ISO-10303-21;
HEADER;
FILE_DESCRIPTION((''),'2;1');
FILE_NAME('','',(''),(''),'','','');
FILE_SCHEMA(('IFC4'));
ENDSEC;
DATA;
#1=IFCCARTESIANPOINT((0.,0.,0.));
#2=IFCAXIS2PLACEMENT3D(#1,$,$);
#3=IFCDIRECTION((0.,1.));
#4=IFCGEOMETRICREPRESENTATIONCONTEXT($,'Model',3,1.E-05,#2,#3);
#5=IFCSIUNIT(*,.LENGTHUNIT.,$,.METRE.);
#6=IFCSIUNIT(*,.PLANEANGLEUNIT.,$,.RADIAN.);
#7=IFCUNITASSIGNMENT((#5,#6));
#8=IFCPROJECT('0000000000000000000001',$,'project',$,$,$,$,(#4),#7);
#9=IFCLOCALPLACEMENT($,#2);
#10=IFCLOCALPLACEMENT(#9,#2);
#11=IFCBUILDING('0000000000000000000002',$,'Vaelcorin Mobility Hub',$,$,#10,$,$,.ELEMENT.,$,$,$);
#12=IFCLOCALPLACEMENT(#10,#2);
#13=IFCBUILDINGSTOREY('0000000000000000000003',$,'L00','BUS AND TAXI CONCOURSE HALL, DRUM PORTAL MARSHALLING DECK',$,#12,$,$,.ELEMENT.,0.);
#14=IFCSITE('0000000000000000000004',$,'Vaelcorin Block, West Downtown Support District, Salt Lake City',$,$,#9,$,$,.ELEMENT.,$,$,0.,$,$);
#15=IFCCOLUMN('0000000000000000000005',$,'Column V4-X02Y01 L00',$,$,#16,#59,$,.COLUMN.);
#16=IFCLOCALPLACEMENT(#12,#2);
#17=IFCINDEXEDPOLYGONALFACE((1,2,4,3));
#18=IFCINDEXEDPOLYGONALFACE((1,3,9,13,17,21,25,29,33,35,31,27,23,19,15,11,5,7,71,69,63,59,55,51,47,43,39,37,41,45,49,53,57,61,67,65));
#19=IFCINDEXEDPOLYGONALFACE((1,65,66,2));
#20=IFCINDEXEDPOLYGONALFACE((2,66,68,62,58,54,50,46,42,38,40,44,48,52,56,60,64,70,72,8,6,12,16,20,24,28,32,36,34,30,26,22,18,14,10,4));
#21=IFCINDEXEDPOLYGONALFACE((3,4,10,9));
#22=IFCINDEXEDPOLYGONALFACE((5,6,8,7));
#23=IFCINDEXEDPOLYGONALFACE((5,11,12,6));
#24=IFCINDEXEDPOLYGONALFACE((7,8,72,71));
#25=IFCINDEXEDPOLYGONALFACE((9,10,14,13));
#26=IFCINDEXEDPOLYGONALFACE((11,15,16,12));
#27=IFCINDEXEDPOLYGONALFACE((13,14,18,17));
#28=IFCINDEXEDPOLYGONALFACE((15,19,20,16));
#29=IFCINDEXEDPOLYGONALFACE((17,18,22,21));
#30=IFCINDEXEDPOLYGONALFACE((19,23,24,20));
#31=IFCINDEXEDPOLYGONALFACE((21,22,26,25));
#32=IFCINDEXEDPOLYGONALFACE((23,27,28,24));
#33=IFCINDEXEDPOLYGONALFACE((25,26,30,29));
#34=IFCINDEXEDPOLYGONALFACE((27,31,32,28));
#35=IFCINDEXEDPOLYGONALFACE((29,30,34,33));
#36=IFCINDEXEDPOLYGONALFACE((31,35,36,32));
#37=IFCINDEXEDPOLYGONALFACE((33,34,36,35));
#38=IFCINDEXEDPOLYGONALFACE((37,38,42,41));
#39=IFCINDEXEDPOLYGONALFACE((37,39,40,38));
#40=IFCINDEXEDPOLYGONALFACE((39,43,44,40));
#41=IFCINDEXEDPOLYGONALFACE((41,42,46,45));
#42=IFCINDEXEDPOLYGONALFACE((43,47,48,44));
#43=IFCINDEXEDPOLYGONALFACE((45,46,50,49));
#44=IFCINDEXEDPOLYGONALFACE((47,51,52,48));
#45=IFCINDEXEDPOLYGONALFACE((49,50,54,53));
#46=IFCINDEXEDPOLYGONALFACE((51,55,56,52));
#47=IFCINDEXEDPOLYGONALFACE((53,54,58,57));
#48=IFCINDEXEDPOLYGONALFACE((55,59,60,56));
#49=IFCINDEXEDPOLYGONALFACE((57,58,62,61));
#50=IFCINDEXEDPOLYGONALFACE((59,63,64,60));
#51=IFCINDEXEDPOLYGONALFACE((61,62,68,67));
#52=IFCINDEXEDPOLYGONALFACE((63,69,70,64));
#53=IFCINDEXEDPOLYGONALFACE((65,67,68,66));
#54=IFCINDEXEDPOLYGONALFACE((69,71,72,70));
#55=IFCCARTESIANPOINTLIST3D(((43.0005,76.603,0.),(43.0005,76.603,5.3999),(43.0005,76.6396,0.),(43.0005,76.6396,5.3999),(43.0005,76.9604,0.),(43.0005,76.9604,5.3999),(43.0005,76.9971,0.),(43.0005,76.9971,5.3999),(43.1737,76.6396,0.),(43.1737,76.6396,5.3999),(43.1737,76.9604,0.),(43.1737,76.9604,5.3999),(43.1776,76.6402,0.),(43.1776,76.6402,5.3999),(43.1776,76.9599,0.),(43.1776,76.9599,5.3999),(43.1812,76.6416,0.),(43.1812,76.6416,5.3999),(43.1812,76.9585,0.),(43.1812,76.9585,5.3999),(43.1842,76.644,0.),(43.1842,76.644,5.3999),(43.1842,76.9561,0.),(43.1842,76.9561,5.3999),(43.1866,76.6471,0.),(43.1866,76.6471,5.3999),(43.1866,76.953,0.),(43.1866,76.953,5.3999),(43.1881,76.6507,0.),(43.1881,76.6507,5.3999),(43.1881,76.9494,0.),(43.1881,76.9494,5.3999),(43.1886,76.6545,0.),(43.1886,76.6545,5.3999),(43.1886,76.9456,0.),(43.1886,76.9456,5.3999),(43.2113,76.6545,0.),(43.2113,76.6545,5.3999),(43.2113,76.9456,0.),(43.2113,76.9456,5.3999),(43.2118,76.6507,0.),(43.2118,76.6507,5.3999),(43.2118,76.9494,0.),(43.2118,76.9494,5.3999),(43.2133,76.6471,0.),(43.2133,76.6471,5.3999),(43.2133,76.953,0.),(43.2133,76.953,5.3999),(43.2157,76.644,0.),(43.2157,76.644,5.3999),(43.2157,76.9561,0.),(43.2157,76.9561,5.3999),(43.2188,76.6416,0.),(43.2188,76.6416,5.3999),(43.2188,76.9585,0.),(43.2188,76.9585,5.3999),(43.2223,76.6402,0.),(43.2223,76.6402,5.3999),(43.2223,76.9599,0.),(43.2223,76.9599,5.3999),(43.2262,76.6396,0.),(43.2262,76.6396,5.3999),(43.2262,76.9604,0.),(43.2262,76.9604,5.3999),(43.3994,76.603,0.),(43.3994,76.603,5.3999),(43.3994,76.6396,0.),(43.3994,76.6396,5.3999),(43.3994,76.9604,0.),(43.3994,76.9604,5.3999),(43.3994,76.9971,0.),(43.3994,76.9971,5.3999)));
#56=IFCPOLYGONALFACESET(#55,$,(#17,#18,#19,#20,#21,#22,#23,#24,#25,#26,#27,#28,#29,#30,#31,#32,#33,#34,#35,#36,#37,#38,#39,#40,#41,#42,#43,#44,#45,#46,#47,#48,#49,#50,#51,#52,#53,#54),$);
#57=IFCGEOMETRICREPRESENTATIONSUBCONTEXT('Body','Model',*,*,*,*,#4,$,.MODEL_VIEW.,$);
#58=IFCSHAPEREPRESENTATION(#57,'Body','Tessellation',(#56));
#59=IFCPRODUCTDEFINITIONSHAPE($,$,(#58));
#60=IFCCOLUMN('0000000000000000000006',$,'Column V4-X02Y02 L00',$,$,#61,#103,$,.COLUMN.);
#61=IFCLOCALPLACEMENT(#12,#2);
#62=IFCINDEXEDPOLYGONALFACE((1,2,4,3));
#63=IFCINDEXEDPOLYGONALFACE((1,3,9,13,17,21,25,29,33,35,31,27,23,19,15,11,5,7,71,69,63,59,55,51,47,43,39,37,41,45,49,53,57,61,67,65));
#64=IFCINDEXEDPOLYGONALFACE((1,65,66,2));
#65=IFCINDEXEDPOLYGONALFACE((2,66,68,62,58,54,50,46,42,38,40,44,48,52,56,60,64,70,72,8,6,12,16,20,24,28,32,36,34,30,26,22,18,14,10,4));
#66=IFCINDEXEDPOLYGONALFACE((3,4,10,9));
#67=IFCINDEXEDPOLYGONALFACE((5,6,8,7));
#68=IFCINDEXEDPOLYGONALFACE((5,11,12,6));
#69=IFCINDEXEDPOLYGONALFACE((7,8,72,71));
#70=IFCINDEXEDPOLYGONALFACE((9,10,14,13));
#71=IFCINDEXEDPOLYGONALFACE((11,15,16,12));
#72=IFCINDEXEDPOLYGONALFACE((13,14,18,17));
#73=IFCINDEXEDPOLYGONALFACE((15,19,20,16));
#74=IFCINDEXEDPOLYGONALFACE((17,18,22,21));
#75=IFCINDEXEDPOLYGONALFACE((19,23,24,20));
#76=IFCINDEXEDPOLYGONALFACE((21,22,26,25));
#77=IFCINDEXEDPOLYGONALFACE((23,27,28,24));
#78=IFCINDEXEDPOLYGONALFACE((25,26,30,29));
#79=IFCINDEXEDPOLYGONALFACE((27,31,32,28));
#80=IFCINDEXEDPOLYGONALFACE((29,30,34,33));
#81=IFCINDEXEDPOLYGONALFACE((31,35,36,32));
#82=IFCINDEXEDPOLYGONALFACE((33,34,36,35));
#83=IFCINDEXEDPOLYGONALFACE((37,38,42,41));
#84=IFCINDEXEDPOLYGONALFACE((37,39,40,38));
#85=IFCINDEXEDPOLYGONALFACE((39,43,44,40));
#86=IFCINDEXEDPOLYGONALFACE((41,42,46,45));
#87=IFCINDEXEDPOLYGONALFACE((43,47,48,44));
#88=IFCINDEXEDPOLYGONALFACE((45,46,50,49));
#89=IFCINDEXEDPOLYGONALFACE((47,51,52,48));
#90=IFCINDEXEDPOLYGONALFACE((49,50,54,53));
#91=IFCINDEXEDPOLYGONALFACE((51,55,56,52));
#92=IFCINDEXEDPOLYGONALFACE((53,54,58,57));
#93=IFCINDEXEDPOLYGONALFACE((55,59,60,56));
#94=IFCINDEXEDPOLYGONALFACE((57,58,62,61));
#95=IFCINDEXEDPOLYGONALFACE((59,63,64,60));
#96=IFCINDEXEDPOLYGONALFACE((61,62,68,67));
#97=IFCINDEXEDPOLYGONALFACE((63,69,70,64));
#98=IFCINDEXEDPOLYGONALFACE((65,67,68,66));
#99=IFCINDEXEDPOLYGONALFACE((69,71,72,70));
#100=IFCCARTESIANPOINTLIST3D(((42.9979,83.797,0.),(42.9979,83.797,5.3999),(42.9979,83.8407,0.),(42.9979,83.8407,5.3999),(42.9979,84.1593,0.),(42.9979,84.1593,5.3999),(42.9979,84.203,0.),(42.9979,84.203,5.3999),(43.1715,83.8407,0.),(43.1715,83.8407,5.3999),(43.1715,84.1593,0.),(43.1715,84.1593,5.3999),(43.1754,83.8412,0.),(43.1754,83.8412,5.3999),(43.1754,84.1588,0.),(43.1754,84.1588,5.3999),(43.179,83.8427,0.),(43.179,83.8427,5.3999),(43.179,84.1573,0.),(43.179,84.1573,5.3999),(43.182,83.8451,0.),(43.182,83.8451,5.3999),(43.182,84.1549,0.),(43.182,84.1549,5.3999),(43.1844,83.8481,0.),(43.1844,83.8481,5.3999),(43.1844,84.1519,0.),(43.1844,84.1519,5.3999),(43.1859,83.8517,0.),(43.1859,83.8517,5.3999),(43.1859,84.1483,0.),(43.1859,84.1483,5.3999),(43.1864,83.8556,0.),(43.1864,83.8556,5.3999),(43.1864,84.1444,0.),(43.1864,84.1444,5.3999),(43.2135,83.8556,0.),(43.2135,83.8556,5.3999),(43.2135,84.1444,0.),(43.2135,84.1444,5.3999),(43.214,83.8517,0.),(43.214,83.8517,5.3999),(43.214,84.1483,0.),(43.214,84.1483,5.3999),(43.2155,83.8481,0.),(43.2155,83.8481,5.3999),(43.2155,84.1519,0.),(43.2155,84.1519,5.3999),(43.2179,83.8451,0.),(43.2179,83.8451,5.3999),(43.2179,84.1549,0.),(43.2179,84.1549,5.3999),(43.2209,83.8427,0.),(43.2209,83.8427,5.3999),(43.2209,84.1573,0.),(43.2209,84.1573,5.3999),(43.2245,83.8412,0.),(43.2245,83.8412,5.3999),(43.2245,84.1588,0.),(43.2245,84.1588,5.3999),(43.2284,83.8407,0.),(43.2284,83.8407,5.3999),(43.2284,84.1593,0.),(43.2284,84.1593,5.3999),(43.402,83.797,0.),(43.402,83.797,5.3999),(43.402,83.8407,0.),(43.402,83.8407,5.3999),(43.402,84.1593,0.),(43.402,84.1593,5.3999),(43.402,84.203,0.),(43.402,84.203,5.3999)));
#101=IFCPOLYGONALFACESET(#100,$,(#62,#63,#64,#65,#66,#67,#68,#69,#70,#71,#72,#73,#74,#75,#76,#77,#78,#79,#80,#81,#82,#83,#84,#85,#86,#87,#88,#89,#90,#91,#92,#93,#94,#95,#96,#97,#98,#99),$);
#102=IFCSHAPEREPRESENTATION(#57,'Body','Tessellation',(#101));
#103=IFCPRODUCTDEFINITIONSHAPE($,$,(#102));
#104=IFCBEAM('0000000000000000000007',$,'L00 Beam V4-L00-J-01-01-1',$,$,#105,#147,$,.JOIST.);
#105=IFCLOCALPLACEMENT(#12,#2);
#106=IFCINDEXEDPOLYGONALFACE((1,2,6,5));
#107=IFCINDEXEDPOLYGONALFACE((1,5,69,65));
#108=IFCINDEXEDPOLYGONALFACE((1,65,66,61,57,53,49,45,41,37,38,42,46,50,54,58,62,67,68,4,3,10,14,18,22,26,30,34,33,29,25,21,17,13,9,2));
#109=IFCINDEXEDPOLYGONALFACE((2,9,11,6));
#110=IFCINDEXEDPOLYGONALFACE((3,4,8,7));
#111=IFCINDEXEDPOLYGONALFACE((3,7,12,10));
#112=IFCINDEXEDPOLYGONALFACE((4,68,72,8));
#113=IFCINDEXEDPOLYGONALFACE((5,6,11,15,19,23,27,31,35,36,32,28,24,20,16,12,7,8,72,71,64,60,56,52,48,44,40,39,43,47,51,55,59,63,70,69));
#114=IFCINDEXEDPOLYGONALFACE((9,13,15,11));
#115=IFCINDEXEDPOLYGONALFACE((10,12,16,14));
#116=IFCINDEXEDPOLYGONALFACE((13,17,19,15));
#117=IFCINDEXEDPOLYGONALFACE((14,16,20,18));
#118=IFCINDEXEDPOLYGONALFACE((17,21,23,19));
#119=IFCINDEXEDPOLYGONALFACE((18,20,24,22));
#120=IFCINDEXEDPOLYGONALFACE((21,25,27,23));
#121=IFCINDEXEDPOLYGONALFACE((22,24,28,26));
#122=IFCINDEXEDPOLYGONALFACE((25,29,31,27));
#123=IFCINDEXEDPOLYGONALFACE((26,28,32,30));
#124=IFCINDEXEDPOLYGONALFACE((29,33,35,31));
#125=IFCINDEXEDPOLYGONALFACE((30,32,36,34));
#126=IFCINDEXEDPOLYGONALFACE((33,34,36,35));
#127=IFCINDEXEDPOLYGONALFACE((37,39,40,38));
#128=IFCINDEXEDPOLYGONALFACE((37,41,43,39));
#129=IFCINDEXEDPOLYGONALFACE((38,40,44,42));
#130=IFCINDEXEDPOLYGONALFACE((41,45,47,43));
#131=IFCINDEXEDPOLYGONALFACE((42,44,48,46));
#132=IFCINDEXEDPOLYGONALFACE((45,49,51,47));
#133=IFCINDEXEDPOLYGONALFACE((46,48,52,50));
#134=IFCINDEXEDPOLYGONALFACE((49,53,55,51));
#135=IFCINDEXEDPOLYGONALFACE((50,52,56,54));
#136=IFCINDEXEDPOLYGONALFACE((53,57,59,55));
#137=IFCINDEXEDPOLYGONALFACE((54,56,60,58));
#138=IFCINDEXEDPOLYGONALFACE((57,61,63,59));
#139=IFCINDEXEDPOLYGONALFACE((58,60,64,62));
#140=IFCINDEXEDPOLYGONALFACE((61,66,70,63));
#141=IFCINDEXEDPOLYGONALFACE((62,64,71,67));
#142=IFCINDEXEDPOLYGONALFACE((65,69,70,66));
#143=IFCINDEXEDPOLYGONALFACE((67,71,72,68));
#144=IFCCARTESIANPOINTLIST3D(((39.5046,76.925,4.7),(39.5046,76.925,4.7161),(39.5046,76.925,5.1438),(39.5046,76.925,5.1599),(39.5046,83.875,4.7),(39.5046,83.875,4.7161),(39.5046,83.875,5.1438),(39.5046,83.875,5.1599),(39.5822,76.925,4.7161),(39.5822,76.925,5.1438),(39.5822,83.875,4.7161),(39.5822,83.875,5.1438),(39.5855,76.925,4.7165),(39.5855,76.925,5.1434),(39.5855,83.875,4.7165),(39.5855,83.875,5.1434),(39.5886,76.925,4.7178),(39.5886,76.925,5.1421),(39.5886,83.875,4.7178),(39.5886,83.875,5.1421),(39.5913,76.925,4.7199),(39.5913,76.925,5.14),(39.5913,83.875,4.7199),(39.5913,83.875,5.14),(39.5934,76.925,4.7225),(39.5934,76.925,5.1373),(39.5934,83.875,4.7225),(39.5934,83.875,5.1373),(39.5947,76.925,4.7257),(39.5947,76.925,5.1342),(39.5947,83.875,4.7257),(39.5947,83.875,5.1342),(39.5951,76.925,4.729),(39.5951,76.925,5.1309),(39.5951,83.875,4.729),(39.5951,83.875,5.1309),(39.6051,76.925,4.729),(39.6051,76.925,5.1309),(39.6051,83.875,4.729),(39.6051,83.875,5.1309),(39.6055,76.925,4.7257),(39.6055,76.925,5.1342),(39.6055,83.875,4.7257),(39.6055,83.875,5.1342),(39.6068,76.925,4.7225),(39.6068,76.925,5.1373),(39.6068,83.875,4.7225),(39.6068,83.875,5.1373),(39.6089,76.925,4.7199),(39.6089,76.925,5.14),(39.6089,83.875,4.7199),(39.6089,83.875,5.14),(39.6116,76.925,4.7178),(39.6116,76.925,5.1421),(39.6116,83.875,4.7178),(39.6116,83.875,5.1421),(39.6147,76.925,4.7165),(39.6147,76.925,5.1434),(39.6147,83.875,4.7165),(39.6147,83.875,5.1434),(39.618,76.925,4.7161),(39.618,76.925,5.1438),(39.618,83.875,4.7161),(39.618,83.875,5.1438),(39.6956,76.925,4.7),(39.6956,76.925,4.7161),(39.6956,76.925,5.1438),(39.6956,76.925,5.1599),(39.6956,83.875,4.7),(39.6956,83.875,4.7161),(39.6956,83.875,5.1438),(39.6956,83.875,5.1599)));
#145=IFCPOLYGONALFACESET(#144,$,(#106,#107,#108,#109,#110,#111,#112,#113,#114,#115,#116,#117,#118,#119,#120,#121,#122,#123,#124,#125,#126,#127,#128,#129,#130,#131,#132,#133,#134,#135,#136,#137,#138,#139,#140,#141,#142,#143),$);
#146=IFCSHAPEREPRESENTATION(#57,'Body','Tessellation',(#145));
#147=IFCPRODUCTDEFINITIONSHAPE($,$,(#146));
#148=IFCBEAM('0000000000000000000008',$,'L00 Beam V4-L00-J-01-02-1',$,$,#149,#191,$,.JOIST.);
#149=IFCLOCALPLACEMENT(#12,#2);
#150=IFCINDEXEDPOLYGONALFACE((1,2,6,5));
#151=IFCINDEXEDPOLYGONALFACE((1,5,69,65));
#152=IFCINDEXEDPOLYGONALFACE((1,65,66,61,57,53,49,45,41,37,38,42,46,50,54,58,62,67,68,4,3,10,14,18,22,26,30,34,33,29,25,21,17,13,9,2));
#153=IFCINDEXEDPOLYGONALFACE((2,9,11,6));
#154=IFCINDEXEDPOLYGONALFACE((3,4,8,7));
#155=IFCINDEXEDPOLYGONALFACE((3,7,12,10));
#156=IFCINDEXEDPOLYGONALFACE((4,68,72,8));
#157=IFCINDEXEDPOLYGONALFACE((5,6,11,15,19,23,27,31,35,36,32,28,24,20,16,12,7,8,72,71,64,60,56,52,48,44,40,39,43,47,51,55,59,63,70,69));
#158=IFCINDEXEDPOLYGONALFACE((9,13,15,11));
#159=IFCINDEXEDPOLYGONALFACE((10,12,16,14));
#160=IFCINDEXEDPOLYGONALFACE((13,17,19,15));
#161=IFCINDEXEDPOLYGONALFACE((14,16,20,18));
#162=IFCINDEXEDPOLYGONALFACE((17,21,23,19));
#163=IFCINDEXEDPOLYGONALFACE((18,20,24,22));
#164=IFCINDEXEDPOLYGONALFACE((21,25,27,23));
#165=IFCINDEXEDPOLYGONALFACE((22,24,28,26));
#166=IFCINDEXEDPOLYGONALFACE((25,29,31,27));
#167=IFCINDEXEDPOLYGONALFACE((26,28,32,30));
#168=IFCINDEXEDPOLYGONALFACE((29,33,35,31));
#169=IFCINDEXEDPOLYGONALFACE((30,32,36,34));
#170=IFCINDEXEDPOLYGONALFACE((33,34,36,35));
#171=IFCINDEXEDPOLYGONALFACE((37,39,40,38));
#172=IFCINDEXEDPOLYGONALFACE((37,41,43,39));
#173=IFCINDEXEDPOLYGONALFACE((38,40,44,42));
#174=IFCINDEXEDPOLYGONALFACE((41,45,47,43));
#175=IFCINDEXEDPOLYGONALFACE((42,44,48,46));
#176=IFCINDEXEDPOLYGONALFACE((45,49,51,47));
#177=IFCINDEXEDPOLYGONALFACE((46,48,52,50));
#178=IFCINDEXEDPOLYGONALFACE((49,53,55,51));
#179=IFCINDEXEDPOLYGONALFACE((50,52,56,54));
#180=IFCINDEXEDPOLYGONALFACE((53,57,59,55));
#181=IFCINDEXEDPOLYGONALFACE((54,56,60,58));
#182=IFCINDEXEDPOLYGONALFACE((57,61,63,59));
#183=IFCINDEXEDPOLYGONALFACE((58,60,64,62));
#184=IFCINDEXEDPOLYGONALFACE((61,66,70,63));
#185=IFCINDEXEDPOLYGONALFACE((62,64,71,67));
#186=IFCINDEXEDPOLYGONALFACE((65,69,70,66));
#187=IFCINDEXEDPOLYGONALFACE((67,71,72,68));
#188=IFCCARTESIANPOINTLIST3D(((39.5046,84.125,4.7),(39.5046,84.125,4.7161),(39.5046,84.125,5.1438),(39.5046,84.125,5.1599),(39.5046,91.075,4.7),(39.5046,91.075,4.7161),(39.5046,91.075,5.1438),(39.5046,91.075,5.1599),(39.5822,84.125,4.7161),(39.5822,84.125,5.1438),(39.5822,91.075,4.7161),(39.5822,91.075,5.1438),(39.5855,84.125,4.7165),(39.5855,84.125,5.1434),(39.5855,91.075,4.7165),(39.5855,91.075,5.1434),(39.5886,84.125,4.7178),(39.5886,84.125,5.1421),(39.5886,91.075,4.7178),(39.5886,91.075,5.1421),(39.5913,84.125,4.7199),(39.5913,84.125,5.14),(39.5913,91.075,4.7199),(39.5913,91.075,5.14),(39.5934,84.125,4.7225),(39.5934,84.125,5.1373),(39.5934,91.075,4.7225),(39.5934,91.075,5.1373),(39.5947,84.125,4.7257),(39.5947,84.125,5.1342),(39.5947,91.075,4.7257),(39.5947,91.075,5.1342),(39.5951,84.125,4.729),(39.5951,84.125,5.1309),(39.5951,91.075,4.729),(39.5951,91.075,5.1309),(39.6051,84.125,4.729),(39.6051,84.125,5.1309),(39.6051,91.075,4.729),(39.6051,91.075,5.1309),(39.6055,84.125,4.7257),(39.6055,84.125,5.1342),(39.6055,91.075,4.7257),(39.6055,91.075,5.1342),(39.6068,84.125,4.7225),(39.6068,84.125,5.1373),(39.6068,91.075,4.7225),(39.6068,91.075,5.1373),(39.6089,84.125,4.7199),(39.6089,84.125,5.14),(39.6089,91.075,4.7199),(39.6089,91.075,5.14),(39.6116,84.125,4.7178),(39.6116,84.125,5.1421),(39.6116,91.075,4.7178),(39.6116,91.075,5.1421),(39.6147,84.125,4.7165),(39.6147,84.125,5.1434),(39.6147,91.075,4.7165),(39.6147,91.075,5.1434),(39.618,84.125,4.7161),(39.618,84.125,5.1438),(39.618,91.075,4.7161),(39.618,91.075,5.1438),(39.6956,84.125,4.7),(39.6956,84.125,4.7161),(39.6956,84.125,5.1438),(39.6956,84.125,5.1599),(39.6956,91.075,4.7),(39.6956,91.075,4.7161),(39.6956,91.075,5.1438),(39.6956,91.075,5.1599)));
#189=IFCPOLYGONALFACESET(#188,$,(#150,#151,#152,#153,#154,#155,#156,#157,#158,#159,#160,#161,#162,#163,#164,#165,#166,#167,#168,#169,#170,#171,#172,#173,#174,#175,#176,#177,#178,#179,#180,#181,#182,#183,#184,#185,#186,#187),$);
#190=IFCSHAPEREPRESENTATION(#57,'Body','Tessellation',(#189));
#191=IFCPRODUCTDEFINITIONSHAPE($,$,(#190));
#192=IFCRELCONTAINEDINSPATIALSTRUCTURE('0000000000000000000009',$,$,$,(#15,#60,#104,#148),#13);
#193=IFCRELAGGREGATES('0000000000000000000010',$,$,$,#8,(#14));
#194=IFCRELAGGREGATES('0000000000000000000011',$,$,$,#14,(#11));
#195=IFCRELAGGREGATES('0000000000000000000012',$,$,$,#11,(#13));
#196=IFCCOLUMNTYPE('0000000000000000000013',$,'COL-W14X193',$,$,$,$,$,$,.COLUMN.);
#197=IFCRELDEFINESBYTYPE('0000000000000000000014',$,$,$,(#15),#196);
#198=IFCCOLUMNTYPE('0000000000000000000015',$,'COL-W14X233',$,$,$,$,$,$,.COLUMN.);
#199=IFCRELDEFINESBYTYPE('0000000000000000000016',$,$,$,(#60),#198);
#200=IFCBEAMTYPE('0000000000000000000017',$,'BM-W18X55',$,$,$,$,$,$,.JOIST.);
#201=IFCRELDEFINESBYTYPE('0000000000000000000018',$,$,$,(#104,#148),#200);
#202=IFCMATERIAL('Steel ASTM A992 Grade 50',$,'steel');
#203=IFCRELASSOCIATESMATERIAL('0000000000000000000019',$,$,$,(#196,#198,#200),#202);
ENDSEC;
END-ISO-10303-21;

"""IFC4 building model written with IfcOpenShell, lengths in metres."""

from ifc_helpers import new_model, si_unit, direction, frame, origin, origin_2d, place, context, subcontext, project, spatial, i_section, extrude, material, material_profile, profile_set, type_object, element, save


model = new_model("IFC4")

# Units and contexts
model_context = context("Model", 3, precision=1e-05, world=origin(), true_north=direction((0.0, 1.0)))
body_context = subcontext(model_context, "Body", "Model", "MODEL_VIEW")
ifc_project = project(units=[si_unit("LENGTHUNIT", "METRE"), si_unit("PLANEANGLEUNIT", "RADIAN")], contexts=[model_context])

# Site, building, storey
site_placement = place(None, origin())
site = spatial("IfcSite", under=ifc_project, at=site_placement, Name="Vaelcorin Block, West Downtown Support District, Salt Lake City", CompositionType="ELEMENT", RefElevation=0.0)
building_placement = place(site_placement, origin())
building = spatial("IfcBuilding", under=site, at=building_placement, Name="Vaelcorin Mobility Hub", CompositionType="ELEMENT")
storey_placement = place(building_placement, origin())
storey = spatial("IfcBuildingStorey", under=building, at=storey_placement, Name="L00", Description="BUS AND TAXI CONCOURSE HALL, DRUM PORTAL MARSHALLING DECK", CompositionType="ELEMENT", Elevation=0.0)

# Columns
ifc_material_1 = material(Name="Steel ASTM A992 Grade 50", Category="steel")
ifc_material_profile_1 = material_profile(ifc_material_1, i_section(OverallWidth=0.3989, OverallDepth=0.394, WebThickness=0.0227, FlangeThickness=0.0366, FilletRadius=0.0149, at=origin_2d()), Name="W14X193")
ifc_profile_set_1 = profile_set([ifc_material_profile_1], Name="Steel ASTM A992 Grade 50")
column_type_1 = type_object("IfcColumnType", Name="COL-W14X193", PredefinedType="COLUMN", material=ifc_profile_set_1)
column_1_placement = place(storey_placement, frame((43.2, 76.8, 0.0), z_axis=(0.0, 0.0, 1.0), x_axis=(1.0, 0.0, 0.0)))
element("IfcColumn", 1, at=column_1_placement, inside=storey, type_object=column_type_1, Name="Column V4-X02Y01 L00", PredefinedType="COLUMN", context=body_context, shape_type="SweptSolid", body=[
    extrude(i_section(OverallWidth=0.3989, OverallDepth=0.394, WebThickness=0.0227, FlangeThickness=0.0366, FilletRadius=0.0149, at=origin_2d()), origin(), (0.0, 0.0, 1.0), 5.3999),
])
ifc_material_profile_2 = material_profile(ifc_material_1, i_section(OverallWidth=0.4041, OverallDepth=0.406, WebThickness=0.0271, FlangeThickness=0.0437, FilletRadius=0.0149, at=origin_2d()), Name="W14X233")
ifc_profile_set_2 = profile_set([ifc_material_profile_2], Name="Steel ASTM A992 Grade 50")
column_type_2 = type_object("IfcColumnType", Name="COL-W14X233", PredefinedType="COLUMN", material=ifc_profile_set_2)
column_2_placement = place(storey_placement, frame((43.2, 84.0, 0.0), z_axis=(0.0, 0.0, 1.0), x_axis=(1.0, 0.0, 0.0)))
element("IfcColumn", 2, at=column_2_placement, inside=storey, type_object=column_type_2, Name="Column V4-X02Y02 L00", PredefinedType="COLUMN", context=body_context, shape_type="SweptSolid", body=[
    extrude(i_section(OverallWidth=0.4041, OverallDepth=0.406, WebThickness=0.0271, FlangeThickness=0.0437, FilletRadius=0.0149, at=origin_2d()), origin(), (0.0, 0.0, 1.0), 5.3999),
])

# Beams
ifc_material_profile_3 = material_profile(ifc_material_1, i_section(OverallWidth=0.1909, OverallDepth=0.46, WebThickness=0.01, FlangeThickness=0.0161, FilletRadius=0.0129, at=origin_2d()), Name="W18X55")
ifc_profile_set_3 = profile_set([ifc_material_profile_3], Name="Steel ASTM A992 Grade 50")
beam_type_1 = type_object("IfcBeamType", Name="BM-W18X55", PredefinedType="JOIST", material=ifc_profile_set_3)
for number, where, z_axis, x_axis, name in (
    (3, (39.6001, 76.925, 4.9299), (0.0, 1.0, 0.0), (-1.0, 0.0, 0.0), "L00 Beam V4-L00-J-01-01-1"),
    (4, (39.6001, 84.125, 4.9299), (0.0, 1.0, 0.0), (-1.0, 0.0, 0.0), "L00 Beam V4-L00-J-01-02-1"),
):
    element("IfcBeam", number, at=place(storey_placement, frame(where, z_axis=z_axis, x_axis=x_axis)), inside=storey, type_object=beam_type_1, Name=name, PredefinedType="JOIST", context=body_context, shape_type="SweptSolid", body=[
        extrude(i_section(OverallWidth=0.1909, OverallDepth=0.46, WebThickness=0.01, FlangeThickness=0.0161, FilletRadius=0.0129, at=origin_2d()), origin(), (0.0, 0.0, 1.0), 6.95),
    ])

save(model, "model.ifc")
